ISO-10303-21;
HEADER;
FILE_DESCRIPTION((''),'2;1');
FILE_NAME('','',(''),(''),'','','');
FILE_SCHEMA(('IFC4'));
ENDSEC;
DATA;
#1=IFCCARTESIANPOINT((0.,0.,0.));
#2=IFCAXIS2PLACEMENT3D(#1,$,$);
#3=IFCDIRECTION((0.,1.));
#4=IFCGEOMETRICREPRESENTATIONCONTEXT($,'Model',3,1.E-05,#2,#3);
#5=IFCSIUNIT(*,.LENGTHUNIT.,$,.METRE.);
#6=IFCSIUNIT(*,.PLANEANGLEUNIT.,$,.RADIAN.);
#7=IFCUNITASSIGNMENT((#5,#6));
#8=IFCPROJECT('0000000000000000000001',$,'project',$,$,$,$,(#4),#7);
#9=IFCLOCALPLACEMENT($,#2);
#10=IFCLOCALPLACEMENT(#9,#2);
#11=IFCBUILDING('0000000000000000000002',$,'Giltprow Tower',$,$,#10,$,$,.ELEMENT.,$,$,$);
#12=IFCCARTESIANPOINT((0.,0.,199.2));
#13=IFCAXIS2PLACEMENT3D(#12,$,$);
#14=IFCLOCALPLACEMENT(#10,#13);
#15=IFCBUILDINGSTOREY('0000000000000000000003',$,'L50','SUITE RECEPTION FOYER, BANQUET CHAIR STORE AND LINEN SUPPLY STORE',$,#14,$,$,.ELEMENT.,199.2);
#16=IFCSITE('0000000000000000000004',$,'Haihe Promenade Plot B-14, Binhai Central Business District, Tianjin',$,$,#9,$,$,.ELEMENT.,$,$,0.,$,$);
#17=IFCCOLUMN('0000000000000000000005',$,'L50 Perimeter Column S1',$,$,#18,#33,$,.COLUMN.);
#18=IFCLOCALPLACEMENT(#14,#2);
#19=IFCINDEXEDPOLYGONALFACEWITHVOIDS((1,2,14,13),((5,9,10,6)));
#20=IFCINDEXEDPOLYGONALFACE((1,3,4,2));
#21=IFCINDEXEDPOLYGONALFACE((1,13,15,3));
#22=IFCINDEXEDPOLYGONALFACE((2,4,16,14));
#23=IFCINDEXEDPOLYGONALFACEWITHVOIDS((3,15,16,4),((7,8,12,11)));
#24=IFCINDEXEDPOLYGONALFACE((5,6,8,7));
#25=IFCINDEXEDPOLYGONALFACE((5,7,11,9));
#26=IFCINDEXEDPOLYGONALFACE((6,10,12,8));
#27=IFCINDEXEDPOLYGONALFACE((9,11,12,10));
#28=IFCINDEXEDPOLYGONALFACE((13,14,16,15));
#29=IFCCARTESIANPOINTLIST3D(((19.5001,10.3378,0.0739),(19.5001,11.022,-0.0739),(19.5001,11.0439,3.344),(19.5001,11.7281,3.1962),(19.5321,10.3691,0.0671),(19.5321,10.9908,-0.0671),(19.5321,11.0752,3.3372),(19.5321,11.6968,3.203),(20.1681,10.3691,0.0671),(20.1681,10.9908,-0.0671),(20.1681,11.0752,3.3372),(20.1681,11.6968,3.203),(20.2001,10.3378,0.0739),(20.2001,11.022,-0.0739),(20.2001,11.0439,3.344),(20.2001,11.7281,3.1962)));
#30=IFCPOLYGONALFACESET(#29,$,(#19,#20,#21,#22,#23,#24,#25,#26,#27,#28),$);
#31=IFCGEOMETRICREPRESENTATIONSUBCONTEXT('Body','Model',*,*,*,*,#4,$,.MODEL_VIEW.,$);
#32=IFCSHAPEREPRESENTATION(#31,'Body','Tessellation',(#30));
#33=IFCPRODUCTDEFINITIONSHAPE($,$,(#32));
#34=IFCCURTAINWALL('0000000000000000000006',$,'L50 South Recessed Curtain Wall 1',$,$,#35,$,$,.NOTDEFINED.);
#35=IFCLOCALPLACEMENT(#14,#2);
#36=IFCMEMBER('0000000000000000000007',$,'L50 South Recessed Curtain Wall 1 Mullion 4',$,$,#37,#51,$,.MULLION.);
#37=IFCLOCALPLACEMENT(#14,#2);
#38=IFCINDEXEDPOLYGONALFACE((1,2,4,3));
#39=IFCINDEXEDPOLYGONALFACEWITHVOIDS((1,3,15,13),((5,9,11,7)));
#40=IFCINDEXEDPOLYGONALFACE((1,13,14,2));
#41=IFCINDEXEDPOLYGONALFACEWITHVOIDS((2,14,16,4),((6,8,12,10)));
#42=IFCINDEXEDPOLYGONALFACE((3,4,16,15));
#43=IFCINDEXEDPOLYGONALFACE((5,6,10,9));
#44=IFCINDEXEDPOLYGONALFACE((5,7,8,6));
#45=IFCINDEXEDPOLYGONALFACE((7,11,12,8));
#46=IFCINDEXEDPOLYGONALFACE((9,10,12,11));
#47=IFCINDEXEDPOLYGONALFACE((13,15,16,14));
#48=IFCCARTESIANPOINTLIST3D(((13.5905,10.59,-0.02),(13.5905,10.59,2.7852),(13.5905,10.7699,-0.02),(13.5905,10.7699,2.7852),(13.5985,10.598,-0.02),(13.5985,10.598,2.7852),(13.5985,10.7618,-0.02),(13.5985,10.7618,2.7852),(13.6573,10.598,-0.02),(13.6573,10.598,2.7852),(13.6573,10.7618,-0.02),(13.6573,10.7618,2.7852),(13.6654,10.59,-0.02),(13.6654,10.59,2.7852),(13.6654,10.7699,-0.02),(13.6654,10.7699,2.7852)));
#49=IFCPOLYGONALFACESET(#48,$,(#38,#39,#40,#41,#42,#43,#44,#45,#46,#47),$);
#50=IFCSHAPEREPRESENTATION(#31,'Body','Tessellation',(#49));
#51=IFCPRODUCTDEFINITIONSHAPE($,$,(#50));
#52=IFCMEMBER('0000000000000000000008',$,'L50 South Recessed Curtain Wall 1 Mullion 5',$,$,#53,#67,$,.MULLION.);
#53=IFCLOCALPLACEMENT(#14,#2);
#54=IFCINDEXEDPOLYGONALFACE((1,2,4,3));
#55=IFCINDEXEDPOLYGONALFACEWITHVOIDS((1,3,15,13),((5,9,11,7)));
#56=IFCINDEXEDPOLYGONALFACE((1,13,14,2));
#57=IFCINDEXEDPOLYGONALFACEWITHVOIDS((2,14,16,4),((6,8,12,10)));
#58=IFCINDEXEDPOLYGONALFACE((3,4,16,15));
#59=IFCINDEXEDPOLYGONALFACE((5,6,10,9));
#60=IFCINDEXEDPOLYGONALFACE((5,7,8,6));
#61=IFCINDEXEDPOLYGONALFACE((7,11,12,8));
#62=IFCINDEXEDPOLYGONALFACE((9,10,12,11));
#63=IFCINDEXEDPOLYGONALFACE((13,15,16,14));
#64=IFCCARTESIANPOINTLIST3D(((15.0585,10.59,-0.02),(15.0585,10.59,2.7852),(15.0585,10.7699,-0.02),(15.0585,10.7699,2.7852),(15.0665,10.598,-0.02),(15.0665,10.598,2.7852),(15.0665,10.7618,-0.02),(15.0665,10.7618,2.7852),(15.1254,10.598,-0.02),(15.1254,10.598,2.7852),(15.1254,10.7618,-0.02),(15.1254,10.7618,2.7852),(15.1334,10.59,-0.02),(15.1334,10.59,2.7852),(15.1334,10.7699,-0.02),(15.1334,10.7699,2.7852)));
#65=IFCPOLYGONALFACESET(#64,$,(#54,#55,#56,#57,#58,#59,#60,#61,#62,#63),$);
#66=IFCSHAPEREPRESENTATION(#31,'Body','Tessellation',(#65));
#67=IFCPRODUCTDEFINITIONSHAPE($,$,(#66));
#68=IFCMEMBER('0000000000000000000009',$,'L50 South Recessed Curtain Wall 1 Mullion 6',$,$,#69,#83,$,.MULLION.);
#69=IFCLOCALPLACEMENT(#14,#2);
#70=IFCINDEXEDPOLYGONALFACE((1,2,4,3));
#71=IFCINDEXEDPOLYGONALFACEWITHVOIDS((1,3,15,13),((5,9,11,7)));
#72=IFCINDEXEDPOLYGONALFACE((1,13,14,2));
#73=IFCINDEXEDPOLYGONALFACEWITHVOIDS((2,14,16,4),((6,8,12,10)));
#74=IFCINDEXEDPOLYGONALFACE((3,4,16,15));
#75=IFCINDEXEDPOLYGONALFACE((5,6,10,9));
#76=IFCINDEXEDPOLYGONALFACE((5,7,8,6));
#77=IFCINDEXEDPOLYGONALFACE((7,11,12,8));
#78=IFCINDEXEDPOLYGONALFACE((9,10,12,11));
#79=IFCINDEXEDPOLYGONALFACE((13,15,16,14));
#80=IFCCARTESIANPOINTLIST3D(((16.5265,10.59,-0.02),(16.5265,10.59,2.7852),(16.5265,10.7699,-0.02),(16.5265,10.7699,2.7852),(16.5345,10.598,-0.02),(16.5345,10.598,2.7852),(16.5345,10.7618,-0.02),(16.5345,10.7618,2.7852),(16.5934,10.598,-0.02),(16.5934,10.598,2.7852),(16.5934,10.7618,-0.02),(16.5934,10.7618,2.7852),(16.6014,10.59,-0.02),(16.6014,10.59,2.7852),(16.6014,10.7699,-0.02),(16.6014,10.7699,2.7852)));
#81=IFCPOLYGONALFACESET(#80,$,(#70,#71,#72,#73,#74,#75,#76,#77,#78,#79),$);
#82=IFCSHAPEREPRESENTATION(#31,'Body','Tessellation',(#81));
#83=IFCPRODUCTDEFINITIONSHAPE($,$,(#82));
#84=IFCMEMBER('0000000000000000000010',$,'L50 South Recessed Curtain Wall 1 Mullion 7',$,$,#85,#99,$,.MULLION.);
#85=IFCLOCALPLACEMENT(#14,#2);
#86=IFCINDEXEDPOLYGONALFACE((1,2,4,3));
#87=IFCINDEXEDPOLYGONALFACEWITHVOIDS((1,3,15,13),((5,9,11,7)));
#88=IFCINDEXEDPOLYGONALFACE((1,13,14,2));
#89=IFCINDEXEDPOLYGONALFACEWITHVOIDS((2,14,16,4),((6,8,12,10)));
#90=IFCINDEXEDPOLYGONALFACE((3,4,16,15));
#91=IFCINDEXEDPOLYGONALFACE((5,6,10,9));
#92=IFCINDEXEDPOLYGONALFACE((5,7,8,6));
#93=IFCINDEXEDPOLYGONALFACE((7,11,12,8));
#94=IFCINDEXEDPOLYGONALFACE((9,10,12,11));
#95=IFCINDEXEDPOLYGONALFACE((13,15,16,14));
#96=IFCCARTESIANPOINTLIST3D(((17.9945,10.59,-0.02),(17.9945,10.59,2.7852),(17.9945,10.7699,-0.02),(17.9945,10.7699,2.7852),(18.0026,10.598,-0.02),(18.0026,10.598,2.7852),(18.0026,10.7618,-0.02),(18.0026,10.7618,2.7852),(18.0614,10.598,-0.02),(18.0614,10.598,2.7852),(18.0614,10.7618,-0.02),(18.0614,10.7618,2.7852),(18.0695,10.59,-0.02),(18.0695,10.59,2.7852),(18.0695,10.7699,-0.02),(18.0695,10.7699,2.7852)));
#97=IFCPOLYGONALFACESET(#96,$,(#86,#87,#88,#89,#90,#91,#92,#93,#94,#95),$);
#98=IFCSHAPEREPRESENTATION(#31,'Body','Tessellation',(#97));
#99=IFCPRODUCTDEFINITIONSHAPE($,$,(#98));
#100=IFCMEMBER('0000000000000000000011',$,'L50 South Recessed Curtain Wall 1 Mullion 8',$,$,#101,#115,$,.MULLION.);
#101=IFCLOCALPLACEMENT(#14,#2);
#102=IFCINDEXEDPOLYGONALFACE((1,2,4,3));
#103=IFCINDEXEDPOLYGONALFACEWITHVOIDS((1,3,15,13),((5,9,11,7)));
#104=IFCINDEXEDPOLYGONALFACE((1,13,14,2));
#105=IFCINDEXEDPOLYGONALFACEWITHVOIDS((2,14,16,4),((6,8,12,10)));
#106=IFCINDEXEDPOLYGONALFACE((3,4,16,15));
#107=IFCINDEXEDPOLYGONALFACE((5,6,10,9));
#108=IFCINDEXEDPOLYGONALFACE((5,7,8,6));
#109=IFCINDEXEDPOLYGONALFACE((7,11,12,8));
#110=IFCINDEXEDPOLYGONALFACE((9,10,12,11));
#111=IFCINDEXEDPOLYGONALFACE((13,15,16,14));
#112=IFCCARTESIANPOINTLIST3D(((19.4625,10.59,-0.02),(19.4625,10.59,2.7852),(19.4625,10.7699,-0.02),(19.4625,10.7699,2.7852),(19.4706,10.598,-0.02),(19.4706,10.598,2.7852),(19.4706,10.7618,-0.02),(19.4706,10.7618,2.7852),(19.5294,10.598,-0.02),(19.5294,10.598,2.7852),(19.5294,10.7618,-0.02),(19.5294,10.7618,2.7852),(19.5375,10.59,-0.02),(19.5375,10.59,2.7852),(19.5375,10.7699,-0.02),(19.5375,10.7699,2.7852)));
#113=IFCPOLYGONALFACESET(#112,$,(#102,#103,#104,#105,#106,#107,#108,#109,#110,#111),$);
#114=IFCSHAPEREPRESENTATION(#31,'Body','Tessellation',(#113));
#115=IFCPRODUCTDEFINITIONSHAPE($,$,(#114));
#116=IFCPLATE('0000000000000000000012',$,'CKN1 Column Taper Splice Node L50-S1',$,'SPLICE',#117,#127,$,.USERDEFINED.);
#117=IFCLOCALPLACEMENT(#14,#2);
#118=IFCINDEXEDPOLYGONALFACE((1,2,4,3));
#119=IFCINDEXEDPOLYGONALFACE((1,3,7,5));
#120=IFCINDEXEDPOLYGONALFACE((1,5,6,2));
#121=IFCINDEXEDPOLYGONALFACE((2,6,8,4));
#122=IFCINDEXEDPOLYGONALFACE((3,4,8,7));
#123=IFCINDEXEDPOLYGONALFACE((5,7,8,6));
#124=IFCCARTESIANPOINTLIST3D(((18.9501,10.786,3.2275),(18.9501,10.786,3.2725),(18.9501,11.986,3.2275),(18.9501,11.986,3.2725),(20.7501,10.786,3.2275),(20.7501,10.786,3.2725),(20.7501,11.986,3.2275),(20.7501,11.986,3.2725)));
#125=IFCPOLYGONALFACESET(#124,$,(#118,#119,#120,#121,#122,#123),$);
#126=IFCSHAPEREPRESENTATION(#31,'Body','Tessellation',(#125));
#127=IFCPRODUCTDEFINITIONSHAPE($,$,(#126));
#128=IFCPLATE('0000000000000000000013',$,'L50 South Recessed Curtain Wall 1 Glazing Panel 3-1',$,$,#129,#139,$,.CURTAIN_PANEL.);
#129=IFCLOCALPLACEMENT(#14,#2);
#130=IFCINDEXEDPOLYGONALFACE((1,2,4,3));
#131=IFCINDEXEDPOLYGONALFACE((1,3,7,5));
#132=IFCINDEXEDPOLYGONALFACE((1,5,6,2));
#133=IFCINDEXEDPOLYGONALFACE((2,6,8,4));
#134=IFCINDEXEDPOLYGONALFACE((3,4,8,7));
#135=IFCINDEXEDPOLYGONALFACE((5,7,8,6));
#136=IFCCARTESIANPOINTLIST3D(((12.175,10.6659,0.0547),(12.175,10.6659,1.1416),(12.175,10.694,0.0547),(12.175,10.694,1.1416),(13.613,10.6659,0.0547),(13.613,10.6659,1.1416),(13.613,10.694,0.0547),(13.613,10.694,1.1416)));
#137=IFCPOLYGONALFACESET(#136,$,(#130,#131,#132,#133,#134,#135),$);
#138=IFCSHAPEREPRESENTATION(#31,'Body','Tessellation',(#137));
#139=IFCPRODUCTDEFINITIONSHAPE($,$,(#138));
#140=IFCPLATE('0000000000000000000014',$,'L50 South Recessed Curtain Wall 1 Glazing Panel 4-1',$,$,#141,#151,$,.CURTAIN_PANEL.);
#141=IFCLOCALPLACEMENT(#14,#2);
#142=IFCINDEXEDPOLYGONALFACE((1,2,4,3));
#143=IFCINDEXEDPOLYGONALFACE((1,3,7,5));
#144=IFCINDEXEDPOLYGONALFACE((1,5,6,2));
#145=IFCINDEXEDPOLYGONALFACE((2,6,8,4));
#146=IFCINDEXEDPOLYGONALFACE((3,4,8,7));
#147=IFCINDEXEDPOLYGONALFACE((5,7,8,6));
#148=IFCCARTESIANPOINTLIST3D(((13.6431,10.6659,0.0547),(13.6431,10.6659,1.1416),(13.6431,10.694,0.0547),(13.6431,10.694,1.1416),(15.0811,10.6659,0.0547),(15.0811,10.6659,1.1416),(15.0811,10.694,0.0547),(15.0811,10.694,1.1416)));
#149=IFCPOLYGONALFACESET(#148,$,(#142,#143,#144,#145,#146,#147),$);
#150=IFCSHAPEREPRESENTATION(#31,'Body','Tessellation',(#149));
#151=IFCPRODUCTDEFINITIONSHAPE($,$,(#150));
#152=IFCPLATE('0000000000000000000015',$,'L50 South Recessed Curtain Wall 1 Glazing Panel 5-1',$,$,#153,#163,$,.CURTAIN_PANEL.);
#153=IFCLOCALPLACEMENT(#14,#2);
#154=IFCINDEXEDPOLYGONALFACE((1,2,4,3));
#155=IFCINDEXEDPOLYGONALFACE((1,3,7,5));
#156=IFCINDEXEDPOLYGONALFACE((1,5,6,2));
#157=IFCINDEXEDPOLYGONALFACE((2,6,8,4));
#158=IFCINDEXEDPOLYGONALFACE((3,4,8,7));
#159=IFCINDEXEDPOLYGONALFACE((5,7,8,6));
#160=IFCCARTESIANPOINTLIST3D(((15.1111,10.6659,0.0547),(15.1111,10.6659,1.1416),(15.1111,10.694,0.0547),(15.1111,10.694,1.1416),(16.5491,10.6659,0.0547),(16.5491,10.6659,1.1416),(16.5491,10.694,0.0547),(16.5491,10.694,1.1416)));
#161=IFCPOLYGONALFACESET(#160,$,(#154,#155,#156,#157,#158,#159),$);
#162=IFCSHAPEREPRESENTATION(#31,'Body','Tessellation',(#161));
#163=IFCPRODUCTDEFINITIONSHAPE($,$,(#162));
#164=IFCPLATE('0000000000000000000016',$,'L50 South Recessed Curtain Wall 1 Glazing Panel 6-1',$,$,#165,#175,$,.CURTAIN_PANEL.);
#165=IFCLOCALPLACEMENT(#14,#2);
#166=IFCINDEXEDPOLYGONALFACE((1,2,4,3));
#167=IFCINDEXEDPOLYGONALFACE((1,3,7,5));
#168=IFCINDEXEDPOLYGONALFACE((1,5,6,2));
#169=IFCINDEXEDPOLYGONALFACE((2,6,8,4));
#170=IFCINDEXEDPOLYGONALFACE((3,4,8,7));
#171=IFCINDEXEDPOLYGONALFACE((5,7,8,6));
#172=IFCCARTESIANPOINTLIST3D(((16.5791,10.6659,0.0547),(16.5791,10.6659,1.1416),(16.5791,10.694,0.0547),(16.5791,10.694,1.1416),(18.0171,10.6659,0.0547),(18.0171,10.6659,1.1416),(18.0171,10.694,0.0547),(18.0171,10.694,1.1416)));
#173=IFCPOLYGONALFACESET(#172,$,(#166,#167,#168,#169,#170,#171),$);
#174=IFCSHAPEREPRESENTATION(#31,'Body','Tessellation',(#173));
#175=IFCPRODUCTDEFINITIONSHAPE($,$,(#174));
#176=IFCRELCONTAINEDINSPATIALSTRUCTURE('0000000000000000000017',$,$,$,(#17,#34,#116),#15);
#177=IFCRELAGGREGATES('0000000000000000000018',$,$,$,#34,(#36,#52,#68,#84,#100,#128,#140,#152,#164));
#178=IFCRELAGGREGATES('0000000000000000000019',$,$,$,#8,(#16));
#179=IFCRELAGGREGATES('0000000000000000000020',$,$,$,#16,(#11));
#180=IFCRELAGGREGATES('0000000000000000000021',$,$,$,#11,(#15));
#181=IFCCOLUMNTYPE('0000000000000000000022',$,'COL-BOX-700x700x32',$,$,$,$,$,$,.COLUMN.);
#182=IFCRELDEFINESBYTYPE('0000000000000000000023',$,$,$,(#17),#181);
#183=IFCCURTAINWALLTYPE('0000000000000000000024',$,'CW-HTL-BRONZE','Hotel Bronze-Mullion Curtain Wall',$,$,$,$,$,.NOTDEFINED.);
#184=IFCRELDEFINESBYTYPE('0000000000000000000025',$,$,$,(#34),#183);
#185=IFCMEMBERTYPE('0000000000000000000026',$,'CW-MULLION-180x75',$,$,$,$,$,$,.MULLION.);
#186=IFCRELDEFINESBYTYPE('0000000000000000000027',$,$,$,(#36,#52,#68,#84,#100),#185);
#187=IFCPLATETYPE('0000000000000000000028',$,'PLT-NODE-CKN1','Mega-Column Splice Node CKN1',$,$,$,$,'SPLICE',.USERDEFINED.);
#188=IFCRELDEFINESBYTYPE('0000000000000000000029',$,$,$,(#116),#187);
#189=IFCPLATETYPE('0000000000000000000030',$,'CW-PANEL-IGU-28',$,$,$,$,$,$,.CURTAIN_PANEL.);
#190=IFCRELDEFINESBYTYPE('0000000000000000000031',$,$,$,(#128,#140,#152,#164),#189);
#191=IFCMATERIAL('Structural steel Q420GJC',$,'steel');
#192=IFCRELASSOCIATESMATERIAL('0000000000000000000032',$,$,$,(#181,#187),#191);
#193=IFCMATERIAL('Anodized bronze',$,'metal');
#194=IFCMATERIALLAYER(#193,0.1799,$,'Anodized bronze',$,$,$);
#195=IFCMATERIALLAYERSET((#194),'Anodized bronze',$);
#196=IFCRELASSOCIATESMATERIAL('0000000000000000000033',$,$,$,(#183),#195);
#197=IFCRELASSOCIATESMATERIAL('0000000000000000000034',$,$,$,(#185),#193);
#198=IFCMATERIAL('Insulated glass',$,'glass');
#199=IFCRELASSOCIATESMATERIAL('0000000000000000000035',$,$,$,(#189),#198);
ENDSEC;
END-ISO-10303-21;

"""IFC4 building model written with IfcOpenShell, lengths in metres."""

from ifc_helpers import new_model, si_unit, direction, frame, origin, origin_2d, place, context, subcontext, project, spatial, rectangle, hollow_rectangle, extrude, source, transform, mapped, material, layer, layer_set, material_profile, profile_set, type_object, element, aggregate, save


model = new_model("IFC4")

# Units and contexts
model_context = context("Model", 3, precision=1e-05, world=origin(), true_north=direction((0.0, 1.0)))
body_context = subcontext(model_context, "Body", "Model", "MODEL_VIEW")
ifc_project = project(units=[si_unit("LENGTHUNIT", "METRE"), si_unit("PLANEANGLEUNIT", "RADIAN")], contexts=[model_context])

# Site, building, storey
site_placement = place(None, origin())
site = spatial("IfcSite", under=ifc_project, at=site_placement, Name="Haihe Promenade Plot B-14, Binhai Central Business District, Tianjin", CompositionType="ELEMENT", RefElevation=0.0)
building_placement = place(site_placement, origin())
building = spatial("IfcBuilding", under=site, at=building_placement, Name="Giltprow Tower", CompositionType="ELEMENT")
storey_placement = place(building_placement, frame((0.0, 0.0, 199.2)))
storey = spatial("IfcBuildingStorey", under=building, at=storey_placement, Name="L50", Description="SUITE RECEPTION FOYER, BANQUET CHAIR STORE AND LINEN SUPPLY STORE", CompositionType="ELEMENT", Elevation=199.2)

# Column
ifc_material_1 = material(Name="Structural steel Q420GJC", Category="steel")
ifc_material_profile_1 = material_profile(ifc_material_1, hollow_rectangle(XDim=0.7, YDim=0.7, WallThickness=0.032, at=origin_2d()), Name="BOX 700x700x32")
ifc_profile_set_1 = profile_set([ifc_material_profile_1], Name="Structural steel Q420GJC")
column_type = type_object("IfcColumnType", Name="COL-BOX-700x700x32", PredefinedType="COLUMN", material=ifc_profile_set_1)
shared_shape_1 = source(origin(), body_context, "Body", "SweptSolid", [
    extrude(hollow_rectangle(XDim=0.7, YDim=0.7, WallThickness=0.032, at=origin_2d()), origin(), (0.0, 0.0, 1.0), 3.3455),
])
column_placement = place(storey_placement, frame((19.8501, 10.6799, 0.0), z_axis=(0.0, 0.211054, 0.977474), x_axis=(-1.0, 0.0, 0.0)))
element("IfcColumn", 1, at=column_placement, inside=storey, type_object=column_type, Name="L50 Perimeter Column S1", PredefinedType="COLUMN", context=body_context, shape_type="MappedRepresentation", body=[
    mapped(shared_shape_1, transform((0.0, 0.0, 0.0), x_axis=(1.0, 0.0, 0.0), y_axis=(0.0, 1.0, 0.0), z_axis=(0.0, 0.0, 1.0), scale=1.0)),
])

# Curtain wall, members
ifc_material_2 = material(Name="Anodized bronze", Category="metal")
ifc_layer = layer(ifc_material_2, 0.1799, Name="Anodized bronze")
ifc_layer_set = layer_set([ifc_layer], Name="Anodized bronze")
curtain_wall_type = type_object("IfcCurtainWallType", Name="CW-HTL-BRONZE", Description="Hotel Bronze-Mullion Curtain Wall", PredefinedType="NOTDEFINED", material=ifc_layer_set)
curtain_wall_placement = place(storey_placement, origin())
curtain_wall = element("IfcCurtainWall", 2, at=curtain_wall_placement, inside=storey, type_object=curtain_wall_type, Name="L50 South Recessed Curtain Wall 1", PredefinedType="NOTDEFINED")
ifc_material_profile_2 = material_profile(ifc_material_2, hollow_rectangle(XDim=0.075, YDim=0.1799, WallThickness=0.0081, at=origin_2d()), Name="RHS 180x75x8")
ifc_profile_set_2 = profile_set([ifc_material_profile_2], Name="Anodized bronze")
member_type = type_object("IfcMemberType", Name="CW-MULLION-180x75", PredefinedType="MULLION", material=ifc_profile_set_2)
shared_shape_2 = source(origin(), body_context, "Body", "SweptSolid", [
    extrude(hollow_rectangle(XDim=0.075, YDim=0.1799, WallThickness=0.0081, at=origin_2d()), origin(), (0.0, 0.0, 1.0), 2.8052),
])
member_1_placement = place(storey_placement, frame((13.6279, 10.6799, -0.02), z_axis=(0.0, 0.0, 1.0), x_axis=(1.0, 0.0, 0.0)))
member_1 = element("IfcMember", 3, at=member_1_placement, type_object=member_type, Name="L50 South Recessed Curtain Wall 1 Mullion 4", PredefinedType="MULLION", context=body_context, shape_type="MappedRepresentation", body=[
    mapped(shared_shape_2, transform((0.0, 0.0, 0.0), x_axis=(1.0, 0.0, 0.0), y_axis=(0.0, 1.0, 0.0), z_axis=(0.0, 0.0, 1.0), scale=1.0)),
])
member_2_placement = place(storey_placement, frame((15.0959, 10.6799, -0.02), z_axis=(0.0, 0.0, 1.0), x_axis=(1.0, 0.0, 0.0)))
member_2 = element("IfcMember", 4, at=member_2_placement, type_object=member_type, Name="L50 South Recessed Curtain Wall 1 Mullion 5", PredefinedType="MULLION", context=body_context, shape_type="MappedRepresentation", body=[
    mapped(shared_shape_2, transform((0.0, 0.0, 0.0), x_axis=(1.0, 0.0, 0.0), y_axis=(0.0, 1.0, 0.0), z_axis=(0.0, 0.0, 1.0), scale=1.0)),
])
member_3_placement = place(storey_placement, frame((16.564, 10.6799, -0.02), z_axis=(0.0, 0.0, 1.0), x_axis=(1.0, 0.0, 0.0)))
member_3 = element("IfcMember", 5, at=member_3_placement, type_object=member_type, Name="L50 South Recessed Curtain Wall 1 Mullion 6", PredefinedType="MULLION", context=body_context, shape_type="MappedRepresentation", body=[
    mapped(shared_shape_2, transform((0.0, 0.0, 0.0), x_axis=(1.0, 0.0, 0.0), y_axis=(0.0, 1.0, 0.0), z_axis=(0.0, 0.0, 1.0), scale=1.0)),
])
member_4_placement = place(storey_placement, frame((18.032, 10.6799, -0.02), z_axis=(0.0, 0.0, 1.0), x_axis=(1.0, 0.0, 0.0)))
member_4 = element("IfcMember", 6, at=member_4_placement, type_object=member_type, Name="L50 South Recessed Curtain Wall 1 Mullion 7", PredefinedType="MULLION", context=body_context, shape_type="MappedRepresentation", body=[
    mapped(shared_shape_2, transform((0.0, 0.0, 0.0), x_axis=(1.0, 0.0, 0.0), y_axis=(0.0, 1.0, 0.0), z_axis=(0.0, 0.0, 1.0), scale=1.0)),
])
member_5_placement = place(storey_placement, frame((19.5, 10.6799, -0.02), z_axis=(0.0, 0.0, 1.0), x_axis=(1.0, 0.0, 0.0)))
member_5 = element("IfcMember", 7, at=member_5_placement, type_object=member_type, Name="L50 South Recessed Curtain Wall 1 Mullion 8", PredefinedType="MULLION", context=body_context, shape_type="MappedRepresentation", body=[
    mapped(shared_shape_2, transform((0.0, 0.0, 0.0), x_axis=(1.0, 0.0, 0.0), y_axis=(0.0, 1.0, 0.0), z_axis=(0.0, 0.0, 1.0), scale=1.0)),
])

# Plates
plate_type_1 = type_object("IfcPlateType", Name="PLT-NODE-CKN1", Description="Mega-Column Splice Node CKN1", ElementType="SPLICE", PredefinedType="USERDEFINED", material=ifc_material_1)
shared_shape_3 = source(origin(), body_context, "Body", "SweptSolid", [
    extrude(rectangle(XDim=1.8, YDim=1.2, at=origin_2d()), origin(), (0.0, 0.0, 1.0), 0.0449),
])
plate_1_placement = place(storey_placement, frame((19.8501, 11.386, 3.2275), z_axis=(0.0, 0.0, 1.0), x_axis=(1.0, 0.0, 0.0)))
element("IfcPlate", 8, at=plate_1_placement, inside=storey, type_object=plate_type_1, Name="CKN1 Column Taper Splice Node L50-S1", ObjectType="SPLICE", PredefinedType="USERDEFINED", context=body_context, shape_type="MappedRepresentation", body=[
    mapped(shared_shape_3, transform((0.0, 0.0, 0.0), x_axis=(1.0, 0.0, 0.0), y_axis=(0.0, 1.0, 0.0), z_axis=(0.0, 0.0, 1.0), scale=1.0)),
])
ifc_material_3 = material(Name="Insulated glass", Category="glass")
plate_type_2 = type_object("IfcPlateType", Name="CW-PANEL-IGU-28", PredefinedType="CURTAIN_PANEL", material=ifc_material_3)
shared_shape_4 = source(origin(), body_context, "Body", "SweptSolid", [
    extrude(rectangle(XDim=1.438, YDim=0.0281, at=origin_2d()), origin(), (0.0, 0.0, 1.0), 1.0869),
])
plate_2_placement = place(storey_placement, frame((12.894, 10.6799, 0.0547), z_axis=(0.0, 0.0, 1.0), x_axis=(1.0, 0.0, 0.0)))
plate_2 = element("IfcPlate", 9, at=plate_2_placement, type_object=plate_type_2, Name="L50 South Recessed Curtain Wall 1 Glazing Panel 3-1", PredefinedType="CURTAIN_PANEL", context=body_context, shape_type="MappedRepresentation", body=[
    mapped(shared_shape_4, transform((0.0, 0.0, 0.0), x_axis=(1.0, 0.0, 0.0), y_axis=(0.0, 1.0, 0.0), z_axis=(0.0, 0.0, 1.0), scale=1.0)),
])
plate_3_placement = place(storey_placement, frame((14.3621, 10.6799, 0.0547), z_axis=(0.0, 0.0, 1.0), x_axis=(1.0, 0.0, 0.0)))
plate_3 = element("IfcPlate", 10, at=plate_3_placement, type_object=plate_type_2, Name="L50 South Recessed Curtain Wall 1 Glazing Panel 4-1", PredefinedType="CURTAIN_PANEL", context=body_context, shape_type="MappedRepresentation", body=[
    mapped(shared_shape_4, transform((0.0, 0.0, 0.0), x_axis=(1.0, 0.0, 0.0), y_axis=(0.0, 1.0, 0.0), z_axis=(0.0, 0.0, 1.0), scale=1.0)),
])
plate_4_placement = place(storey_placement, frame((15.8301, 10.6799, 0.0547), z_axis=(0.0, 0.0, 1.0), x_axis=(1.0, 0.0, 0.0)))
plate_4 = element("IfcPlate", 11, at=plate_4_placement, type_object=plate_type_2, Name="L50 South Recessed Curtain Wall 1 Glazing Panel 5-1", PredefinedType="CURTAIN_PANEL", context=body_context, shape_type="MappedRepresentation", body=[
    mapped(shared_shape_4, transform((0.0, 0.0, 0.0), x_axis=(1.0, 0.0, 0.0), y_axis=(0.0, 1.0, 0.0), z_axis=(0.0, 0.0, 1.0), scale=1.0)),
])
plate_5_placement = place(storey_placement, frame((17.2981, 10.6799, 0.0547), z_axis=(0.0, 0.0, 1.0), x_axis=(1.0, 0.0, 0.0)))
plate_5 = element("IfcPlate", 12, at=plate_5_placement, type_object=plate_type_2, Name="L50 South Recessed Curtain Wall 1 Glazing Panel 6-1", PredefinedType="CURTAIN_PANEL", context=body_context, shape_type="MappedRepresentation", body=[
    mapped(shared_shape_4, transform((0.0, 0.0, 0.0), x_axis=(1.0, 0.0, 0.0), y_axis=(0.0, 1.0, 0.0), z_axis=(0.0, 0.0, 1.0), scale=1.0)),
])
aggregate(curtain_wall, [member_1, member_2, member_3, member_4, member_5, plate_2, plate_3, plate_4, plate_5])

save(model, "model.ifc")
